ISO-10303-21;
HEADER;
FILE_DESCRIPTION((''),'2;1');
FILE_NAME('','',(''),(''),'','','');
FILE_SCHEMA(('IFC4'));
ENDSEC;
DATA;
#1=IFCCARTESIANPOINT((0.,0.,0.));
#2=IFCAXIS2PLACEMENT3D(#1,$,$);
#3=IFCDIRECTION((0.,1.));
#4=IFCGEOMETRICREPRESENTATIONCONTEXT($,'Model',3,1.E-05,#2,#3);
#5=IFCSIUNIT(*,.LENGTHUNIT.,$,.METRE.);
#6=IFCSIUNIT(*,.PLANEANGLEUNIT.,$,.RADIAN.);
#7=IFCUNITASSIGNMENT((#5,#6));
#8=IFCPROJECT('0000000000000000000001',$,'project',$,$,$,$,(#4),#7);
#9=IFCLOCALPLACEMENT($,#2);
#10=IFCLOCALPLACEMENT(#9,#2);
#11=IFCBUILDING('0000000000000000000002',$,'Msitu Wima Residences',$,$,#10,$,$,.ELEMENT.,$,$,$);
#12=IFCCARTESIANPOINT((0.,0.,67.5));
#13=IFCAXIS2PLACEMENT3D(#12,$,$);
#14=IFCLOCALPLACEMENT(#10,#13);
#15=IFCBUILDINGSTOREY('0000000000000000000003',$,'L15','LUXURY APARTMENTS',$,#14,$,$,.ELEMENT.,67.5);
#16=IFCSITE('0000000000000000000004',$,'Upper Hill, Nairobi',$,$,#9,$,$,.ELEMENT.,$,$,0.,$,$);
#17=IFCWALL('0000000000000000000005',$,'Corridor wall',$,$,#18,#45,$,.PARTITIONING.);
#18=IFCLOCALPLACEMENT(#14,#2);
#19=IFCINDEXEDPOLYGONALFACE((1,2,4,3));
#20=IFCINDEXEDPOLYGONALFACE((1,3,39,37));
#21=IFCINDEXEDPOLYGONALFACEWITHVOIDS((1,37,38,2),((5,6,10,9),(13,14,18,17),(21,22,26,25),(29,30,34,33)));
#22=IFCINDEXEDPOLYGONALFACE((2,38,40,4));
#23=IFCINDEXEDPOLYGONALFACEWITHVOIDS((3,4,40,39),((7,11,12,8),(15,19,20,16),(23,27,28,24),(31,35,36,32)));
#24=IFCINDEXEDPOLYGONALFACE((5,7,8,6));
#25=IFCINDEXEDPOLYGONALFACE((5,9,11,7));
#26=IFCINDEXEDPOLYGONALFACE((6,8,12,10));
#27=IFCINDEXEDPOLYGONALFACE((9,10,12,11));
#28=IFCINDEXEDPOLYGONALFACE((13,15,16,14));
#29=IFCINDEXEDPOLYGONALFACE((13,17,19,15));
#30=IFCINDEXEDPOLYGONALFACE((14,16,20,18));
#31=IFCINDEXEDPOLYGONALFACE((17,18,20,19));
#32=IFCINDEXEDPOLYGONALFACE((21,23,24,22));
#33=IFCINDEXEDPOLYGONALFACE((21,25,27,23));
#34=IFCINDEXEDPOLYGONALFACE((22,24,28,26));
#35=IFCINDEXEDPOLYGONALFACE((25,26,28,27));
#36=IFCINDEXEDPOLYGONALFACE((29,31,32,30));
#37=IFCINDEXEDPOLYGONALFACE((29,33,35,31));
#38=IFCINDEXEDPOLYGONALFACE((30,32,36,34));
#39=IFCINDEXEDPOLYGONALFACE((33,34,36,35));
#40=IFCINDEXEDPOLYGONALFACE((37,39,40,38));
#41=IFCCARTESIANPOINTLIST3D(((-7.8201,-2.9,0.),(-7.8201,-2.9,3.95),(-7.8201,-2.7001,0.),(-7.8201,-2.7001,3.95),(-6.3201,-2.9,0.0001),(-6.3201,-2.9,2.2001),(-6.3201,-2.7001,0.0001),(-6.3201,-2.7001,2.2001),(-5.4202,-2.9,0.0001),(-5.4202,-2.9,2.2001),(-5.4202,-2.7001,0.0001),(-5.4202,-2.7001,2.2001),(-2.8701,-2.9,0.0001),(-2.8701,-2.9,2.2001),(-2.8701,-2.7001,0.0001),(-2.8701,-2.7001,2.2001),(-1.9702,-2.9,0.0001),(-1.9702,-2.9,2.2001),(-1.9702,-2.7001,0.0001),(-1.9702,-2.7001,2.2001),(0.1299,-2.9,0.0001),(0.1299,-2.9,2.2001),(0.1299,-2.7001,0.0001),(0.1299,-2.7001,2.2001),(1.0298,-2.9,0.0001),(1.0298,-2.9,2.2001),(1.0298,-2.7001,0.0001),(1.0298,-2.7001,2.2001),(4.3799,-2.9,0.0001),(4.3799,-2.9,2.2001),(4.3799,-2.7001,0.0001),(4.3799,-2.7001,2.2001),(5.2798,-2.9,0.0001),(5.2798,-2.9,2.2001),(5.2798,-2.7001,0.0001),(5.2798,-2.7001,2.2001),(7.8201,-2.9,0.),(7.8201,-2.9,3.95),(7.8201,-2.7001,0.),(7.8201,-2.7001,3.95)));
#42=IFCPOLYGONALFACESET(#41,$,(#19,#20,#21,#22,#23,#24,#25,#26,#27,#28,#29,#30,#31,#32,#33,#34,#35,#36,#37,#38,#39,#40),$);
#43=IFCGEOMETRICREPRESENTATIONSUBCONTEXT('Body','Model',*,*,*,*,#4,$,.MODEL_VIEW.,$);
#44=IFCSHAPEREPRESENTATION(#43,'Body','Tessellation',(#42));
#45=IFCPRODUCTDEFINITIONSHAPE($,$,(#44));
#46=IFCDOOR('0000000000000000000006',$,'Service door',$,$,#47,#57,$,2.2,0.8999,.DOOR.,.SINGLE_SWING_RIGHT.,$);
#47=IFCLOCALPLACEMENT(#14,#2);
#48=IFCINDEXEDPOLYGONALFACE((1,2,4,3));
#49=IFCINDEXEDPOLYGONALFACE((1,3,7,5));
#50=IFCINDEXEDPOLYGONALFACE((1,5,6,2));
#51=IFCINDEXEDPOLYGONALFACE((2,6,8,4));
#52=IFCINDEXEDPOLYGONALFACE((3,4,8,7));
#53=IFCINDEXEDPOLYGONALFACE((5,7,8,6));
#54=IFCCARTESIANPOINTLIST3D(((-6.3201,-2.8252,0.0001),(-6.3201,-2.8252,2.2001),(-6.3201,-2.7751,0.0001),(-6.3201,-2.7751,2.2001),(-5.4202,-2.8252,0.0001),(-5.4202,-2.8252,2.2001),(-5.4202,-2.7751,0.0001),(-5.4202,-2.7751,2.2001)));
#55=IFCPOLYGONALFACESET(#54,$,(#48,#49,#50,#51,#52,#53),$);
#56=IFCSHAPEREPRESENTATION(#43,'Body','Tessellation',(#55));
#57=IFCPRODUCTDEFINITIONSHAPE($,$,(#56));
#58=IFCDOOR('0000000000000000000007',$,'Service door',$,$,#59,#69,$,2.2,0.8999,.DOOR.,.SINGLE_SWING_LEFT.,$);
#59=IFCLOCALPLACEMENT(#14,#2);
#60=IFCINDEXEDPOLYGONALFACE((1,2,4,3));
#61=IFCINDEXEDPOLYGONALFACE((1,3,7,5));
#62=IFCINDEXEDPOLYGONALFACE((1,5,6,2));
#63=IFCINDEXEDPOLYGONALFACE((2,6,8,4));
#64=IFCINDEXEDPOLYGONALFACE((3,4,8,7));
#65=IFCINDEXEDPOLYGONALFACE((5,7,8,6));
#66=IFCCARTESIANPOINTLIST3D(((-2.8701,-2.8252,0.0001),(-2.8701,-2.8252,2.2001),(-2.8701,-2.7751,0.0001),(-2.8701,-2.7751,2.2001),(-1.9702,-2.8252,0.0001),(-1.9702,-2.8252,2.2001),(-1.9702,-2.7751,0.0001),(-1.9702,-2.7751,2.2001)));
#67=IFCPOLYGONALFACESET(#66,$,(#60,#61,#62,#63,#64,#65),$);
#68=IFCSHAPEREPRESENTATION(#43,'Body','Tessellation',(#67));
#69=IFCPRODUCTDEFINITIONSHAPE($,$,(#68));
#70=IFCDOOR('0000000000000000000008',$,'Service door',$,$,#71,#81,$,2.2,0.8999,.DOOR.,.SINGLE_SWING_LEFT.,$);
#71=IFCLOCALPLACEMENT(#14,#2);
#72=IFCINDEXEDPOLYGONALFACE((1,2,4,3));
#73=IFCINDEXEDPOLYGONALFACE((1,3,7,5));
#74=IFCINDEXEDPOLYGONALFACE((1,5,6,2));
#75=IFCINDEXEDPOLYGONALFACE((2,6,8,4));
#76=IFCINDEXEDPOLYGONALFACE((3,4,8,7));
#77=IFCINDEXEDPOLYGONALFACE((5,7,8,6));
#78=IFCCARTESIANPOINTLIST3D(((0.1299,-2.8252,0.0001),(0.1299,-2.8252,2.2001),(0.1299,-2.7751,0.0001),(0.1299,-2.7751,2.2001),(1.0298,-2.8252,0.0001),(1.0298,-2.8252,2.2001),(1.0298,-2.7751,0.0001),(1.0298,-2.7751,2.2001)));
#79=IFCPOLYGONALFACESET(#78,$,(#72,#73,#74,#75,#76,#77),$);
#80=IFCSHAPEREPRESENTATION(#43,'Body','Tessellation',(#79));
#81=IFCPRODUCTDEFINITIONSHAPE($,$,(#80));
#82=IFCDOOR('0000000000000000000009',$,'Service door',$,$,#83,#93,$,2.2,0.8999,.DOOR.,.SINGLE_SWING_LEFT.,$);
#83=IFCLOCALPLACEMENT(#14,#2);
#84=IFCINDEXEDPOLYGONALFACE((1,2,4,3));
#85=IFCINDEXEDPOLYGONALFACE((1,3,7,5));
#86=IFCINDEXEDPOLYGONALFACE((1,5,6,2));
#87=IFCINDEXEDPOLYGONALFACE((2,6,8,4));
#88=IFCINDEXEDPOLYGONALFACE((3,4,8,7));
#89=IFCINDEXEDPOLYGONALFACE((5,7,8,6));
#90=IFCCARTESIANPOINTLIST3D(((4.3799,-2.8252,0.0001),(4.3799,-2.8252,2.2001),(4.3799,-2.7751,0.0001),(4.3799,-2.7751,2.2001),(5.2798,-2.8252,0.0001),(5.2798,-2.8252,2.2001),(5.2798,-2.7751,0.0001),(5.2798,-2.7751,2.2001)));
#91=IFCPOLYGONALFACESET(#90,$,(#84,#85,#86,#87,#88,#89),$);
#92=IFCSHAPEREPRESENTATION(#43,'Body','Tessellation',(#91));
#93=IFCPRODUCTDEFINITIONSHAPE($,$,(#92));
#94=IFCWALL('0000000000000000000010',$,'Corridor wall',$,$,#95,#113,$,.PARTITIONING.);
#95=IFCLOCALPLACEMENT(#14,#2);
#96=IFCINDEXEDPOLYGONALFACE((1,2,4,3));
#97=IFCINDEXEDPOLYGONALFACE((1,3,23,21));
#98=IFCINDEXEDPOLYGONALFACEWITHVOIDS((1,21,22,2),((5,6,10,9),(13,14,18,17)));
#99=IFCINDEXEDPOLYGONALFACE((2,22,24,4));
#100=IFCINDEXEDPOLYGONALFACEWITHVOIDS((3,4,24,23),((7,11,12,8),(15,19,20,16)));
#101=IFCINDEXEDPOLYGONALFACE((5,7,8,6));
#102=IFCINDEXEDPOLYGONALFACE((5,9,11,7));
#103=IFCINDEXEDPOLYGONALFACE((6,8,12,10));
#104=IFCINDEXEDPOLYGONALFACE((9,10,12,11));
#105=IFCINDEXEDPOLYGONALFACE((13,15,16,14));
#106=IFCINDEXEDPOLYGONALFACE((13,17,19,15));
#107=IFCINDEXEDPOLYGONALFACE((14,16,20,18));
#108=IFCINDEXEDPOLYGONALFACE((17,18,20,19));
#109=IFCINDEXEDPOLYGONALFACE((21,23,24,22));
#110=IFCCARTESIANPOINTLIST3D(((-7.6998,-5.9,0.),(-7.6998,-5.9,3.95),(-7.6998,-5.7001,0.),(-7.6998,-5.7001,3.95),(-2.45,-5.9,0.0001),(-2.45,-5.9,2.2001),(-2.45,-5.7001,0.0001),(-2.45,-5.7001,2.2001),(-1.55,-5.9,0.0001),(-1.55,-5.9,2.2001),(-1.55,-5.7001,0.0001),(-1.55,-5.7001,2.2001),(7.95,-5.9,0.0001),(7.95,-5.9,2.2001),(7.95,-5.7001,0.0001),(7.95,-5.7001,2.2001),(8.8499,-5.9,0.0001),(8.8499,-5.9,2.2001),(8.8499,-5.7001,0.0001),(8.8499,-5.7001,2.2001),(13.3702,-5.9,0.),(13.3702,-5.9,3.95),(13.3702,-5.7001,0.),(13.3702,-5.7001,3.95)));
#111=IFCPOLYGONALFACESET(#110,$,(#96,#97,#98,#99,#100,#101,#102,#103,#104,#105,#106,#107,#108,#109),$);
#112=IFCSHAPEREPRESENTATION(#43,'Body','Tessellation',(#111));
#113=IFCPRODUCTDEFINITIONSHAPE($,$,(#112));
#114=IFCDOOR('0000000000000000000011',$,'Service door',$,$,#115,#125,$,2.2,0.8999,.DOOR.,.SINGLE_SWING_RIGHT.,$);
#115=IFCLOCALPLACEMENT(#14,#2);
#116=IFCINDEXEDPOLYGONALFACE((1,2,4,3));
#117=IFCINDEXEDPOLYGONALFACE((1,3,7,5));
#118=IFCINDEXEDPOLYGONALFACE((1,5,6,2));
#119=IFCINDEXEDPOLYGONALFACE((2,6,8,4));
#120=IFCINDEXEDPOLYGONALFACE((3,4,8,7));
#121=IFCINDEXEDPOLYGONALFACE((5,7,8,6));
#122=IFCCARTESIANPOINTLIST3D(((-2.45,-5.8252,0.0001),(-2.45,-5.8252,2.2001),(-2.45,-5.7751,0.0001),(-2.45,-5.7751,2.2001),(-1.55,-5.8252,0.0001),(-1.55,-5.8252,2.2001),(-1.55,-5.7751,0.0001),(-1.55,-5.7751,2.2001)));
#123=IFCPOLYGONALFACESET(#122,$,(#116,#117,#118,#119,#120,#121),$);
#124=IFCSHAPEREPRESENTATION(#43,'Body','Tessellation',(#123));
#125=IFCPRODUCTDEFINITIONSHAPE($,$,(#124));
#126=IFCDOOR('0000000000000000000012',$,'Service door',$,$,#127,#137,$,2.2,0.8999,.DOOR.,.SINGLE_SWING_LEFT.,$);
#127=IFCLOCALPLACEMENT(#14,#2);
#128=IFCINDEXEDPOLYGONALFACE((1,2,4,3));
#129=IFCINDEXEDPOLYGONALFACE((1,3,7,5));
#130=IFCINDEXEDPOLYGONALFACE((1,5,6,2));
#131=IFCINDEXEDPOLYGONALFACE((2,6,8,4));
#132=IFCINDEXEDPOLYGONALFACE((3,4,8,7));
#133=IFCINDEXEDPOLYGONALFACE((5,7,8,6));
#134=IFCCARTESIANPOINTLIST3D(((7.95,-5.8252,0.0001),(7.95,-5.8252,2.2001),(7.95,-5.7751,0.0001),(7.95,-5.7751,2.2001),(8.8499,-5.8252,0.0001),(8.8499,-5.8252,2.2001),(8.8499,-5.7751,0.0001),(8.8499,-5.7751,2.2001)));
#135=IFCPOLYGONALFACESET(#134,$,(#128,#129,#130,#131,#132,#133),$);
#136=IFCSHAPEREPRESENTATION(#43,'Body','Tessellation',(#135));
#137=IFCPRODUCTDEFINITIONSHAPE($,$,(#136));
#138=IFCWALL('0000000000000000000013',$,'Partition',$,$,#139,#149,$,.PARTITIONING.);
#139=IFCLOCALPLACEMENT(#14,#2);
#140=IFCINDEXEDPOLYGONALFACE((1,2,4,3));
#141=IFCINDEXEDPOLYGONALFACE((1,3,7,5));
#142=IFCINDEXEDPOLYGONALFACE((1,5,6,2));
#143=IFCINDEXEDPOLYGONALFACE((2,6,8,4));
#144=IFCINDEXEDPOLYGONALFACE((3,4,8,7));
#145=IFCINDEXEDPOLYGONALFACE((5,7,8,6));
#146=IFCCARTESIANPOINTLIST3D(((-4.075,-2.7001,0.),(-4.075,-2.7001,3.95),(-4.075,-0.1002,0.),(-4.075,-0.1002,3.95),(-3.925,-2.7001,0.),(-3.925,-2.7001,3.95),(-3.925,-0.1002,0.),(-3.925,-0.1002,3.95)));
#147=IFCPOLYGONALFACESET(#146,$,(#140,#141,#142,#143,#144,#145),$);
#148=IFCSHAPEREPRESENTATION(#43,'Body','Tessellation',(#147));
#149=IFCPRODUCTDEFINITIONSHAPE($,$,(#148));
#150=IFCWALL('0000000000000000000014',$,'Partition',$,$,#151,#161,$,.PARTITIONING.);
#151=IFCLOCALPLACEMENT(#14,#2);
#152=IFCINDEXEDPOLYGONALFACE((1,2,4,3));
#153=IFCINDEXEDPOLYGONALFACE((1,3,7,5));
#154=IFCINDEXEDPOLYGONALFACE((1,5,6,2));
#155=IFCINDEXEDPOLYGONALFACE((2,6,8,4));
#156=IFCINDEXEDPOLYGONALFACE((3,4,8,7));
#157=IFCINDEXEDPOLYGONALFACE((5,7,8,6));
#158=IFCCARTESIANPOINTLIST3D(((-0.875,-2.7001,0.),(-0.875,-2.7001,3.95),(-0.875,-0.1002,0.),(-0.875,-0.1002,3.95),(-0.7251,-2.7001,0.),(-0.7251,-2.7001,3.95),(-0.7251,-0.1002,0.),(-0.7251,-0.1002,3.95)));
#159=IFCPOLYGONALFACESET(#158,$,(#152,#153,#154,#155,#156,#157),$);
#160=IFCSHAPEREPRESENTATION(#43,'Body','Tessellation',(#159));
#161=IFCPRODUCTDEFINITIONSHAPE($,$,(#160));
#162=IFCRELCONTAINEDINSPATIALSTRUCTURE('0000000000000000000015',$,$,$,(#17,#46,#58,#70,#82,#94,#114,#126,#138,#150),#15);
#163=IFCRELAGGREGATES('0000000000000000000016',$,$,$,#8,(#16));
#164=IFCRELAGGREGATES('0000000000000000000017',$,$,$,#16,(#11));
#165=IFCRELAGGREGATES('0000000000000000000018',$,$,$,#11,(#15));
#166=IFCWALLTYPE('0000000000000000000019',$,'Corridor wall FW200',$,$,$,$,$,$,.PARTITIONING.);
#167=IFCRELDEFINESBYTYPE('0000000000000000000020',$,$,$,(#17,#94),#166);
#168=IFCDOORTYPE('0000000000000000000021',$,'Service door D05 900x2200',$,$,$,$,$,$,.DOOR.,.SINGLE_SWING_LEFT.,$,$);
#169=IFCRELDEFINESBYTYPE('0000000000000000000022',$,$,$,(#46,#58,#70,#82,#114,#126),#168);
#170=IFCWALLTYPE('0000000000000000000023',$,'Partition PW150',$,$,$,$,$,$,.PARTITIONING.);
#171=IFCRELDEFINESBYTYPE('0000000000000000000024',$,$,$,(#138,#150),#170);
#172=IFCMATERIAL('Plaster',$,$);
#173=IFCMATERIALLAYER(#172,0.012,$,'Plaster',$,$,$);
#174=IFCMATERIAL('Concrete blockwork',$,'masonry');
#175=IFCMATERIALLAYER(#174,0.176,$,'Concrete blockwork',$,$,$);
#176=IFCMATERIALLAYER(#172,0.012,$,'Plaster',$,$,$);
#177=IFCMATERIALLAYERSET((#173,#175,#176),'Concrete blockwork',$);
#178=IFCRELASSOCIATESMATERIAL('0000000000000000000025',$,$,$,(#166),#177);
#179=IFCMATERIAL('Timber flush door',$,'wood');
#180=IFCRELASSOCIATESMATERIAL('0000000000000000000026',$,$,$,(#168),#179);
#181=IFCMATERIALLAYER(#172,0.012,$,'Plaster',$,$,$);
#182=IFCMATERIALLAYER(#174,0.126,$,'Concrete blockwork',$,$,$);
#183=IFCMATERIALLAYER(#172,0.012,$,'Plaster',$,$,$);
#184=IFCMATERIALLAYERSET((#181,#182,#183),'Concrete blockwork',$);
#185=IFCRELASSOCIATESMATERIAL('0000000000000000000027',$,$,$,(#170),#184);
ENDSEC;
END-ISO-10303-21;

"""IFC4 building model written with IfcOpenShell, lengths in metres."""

from ifc_helpers import new_model, si_unit, direction, frame, frame_2d, origin, place, context, subcontext, project, spatial, rectangle, extrude, material, layer, layer_set, type_object, element, fill, save


model = new_model("IFC4")

# Units and contexts
model_context = context("Model", 3, precision=1e-05, world=origin(), true_north=direction((0.0, 1.0)))
body_context = subcontext(model_context, "Body", "Model", "MODEL_VIEW")
ifc_project = project(units=[si_unit("LENGTHUNIT", "METRE"), si_unit("PLANEANGLEUNIT", "RADIAN")], contexts=[model_context])

# Site, building, storey
site_placement = place(None, origin())
site = spatial("IfcSite", under=ifc_project, at=site_placement, Name="Upper Hill, Nairobi", CompositionType="ELEMENT", RefElevation=0.0)
building_placement = place(site_placement, origin())
building = spatial("IfcBuilding", under=site, at=building_placement, Name="Msitu Wima Residences", CompositionType="ELEMENT")
storey_placement = place(building_placement, frame((0.0, 0.0, 67.5)))
storey = spatial("IfcBuildingStorey", under=building, at=storey_placement, Name="L15", Description="LUXURY APARTMENTS", CompositionType="ELEMENT", Elevation=67.5)

# Wall, openings, doors
ifc_material_1 = material(Name="Plaster")
ifc_layer_1 = layer(ifc_material_1, 0.012, Name="Plaster")
ifc_material_2 = material(Name="Concrete blockwork", Category="masonry")
ifc_layer_2 = layer(ifc_material_2, 0.176, Name="Concrete blockwork")
ifc_layer_3 = layer(ifc_material_1, 0.012, Name="Plaster")
ifc_layer_set_1 = layer_set([ifc_layer_1, ifc_layer_2, ifc_layer_3], Name="Concrete blockwork")
wall_type_1 = type_object("IfcWallType", Name="Corridor wall FW200", PredefinedType="PARTITIONING", material=ifc_layer_set_1)
wall_1_placement = place(storey_placement, frame((-7.8201, -2.8, 0.0), z_axis=(0.0, 0.0, 1.0), x_axis=(1.0, 0.0, 0.0)))
wall_1 = element("IfcWall", 1, at=wall_1_placement, inside=storey, type_object=wall_type_1, Name="Corridor wall", PredefinedType="PARTITIONING", context=body_context, shape_type="SweptSolid", body=[
    extrude(rectangle(XDim=15.6401, YDim=0.2, at=frame_2d((7.8201, 0.0))), origin(), (0.0, 0.0, 1.0), 3.95),
])
opening_1_placement = place(wall_1_placement, frame((1.5, 0.0, 0.0)))
opening_1 = element("IfcOpeningElement", 2, at=opening_1_placement, cuts=wall_1, PredefinedType="OPENING", context=body_context, shape_type="SweptSolid", body=[
    extrude(rectangle(XDim=0.8999, YDim=2.2, at=frame_2d((0.45, 1.1001))), frame((0.0, 0.1099, 0.0), z_axis=(0.0, -1.0, 0.0), x_axis=(1.0, 0.0, 0.0)), (0.0, 0.0, 1.0), 0.22),
])
opening_2_placement = place(wall_1_placement, frame((4.95, 0.0, 0.0)))
opening_2 = element("IfcOpeningElement", 3, at=opening_2_placement, cuts=wall_1, PredefinedType="OPENING", context=body_context, shape_type="SweptSolid", body=[
    extrude(rectangle(XDim=0.8999, YDim=2.2, at=frame_2d((0.45, 1.1001))), frame((0.0, 0.1099, 0.0), z_axis=(0.0, -1.0, 0.0), x_axis=(1.0, 0.0, 0.0)), (0.0, 0.0, 1.0), 0.22),
])
opening_3_placement = place(wall_1_placement, frame((7.95, 0.0, 0.0)))
opening_3 = element("IfcOpeningElement", 4, at=opening_3_placement, cuts=wall_1, PredefinedType="OPENING", context=body_context, shape_type="SweptSolid", body=[
    extrude(rectangle(XDim=0.8999, YDim=2.2, at=frame_2d((0.45, 1.1001))), frame((0.0, 0.1099, 0.0), z_axis=(0.0, -1.0, 0.0), x_axis=(1.0, 0.0, 0.0)), (0.0, 0.0, 1.0), 0.22),
])
opening_4_placement = place(wall_1_placement, frame((12.2, 0.0, 0.0)))
opening_4 = element("IfcOpeningElement", 5, at=opening_4_placement, cuts=wall_1, PredefinedType="OPENING", context=body_context, shape_type="SweptSolid", body=[
    extrude(rectangle(XDim=0.8999, YDim=2.2, at=frame_2d((0.45, 1.1001))), frame((0.0, 0.1099, 0.0), z_axis=(0.0, -1.0, 0.0), x_axis=(1.0, 0.0, 0.0)), (0.0, 0.0, 1.0), 0.22),
])
ifc_material_3 = material(Name="Timber flush door", Category="wood")
door_type_1 = type_object("IfcDoorType", Name="Service door D05 900x2200", OperationType="SINGLE_SWING_LEFT", PredefinedType="DOOR", material=ifc_material_3)
door_1_placement = place(opening_1_placement, origin())
door_1 = element("IfcDoor", 6, at=door_1_placement, inside=storey, type_object=door_type_1, Name="Service door", OperationType="SINGLE_SWING_RIGHT", OverallHeight=2.2, OverallWidth=0.8999, PredefinedType="DOOR", context=body_context, shape_type="SweptSolid", body=[
    extrude(rectangle(XDim=0.8999, YDim=2.2, at=frame_2d((0.45, 1.1001))), frame((0.0, 0.0249, 0.0), z_axis=(0.0, -1.0, 0.0), x_axis=(1.0, 0.0, 0.0)), (0.0, 0.0, 1.0), 0.05),
])
fill(opening_1, door_1)
door_2_placement = place(opening_2_placement, origin())
door_2 = element("IfcDoor", 7, at=door_2_placement, inside=storey, type_object=door_type_1, Name="Service door", OperationType="SINGLE_SWING_LEFT", OverallHeight=2.2, OverallWidth=0.8999, PredefinedType="DOOR", context=body_context, shape_type="SweptSolid", body=[
    extrude(rectangle(XDim=0.8999, YDim=2.2, at=frame_2d((0.45, 1.1001))), frame((0.0, 0.0249, 0.0), z_axis=(0.0, -1.0, 0.0), x_axis=(1.0, 0.0, 0.0)), (0.0, 0.0, 1.0), 0.05),
])
fill(opening_2, door_2)
door_3_placement = place(opening_3_placement, origin())
door_3 = element("IfcDoor", 8, at=door_3_placement, inside=storey, type_object=door_type_1, Name="Service door", OperationType="SINGLE_SWING_LEFT", OverallHeight=2.2, OverallWidth=0.8999, PredefinedType="DOOR", context=body_context, shape_type="SweptSolid", body=[
    extrude(rectangle(XDim=0.8999, YDim=2.2, at=frame_2d((0.45, 1.1001))), frame((0.0, 0.0249, 0.0), z_axis=(0.0, -1.0, 0.0), x_axis=(1.0, 0.0, 0.0)), (0.0, 0.0, 1.0), 0.05),
])
fill(opening_3, door_3)
door_4_placement = place(opening_4_placement, origin())
door_4 = element("IfcDoor", 9, at=door_4_placement, inside=storey, type_object=door_type_1, Name="Service door", OperationType="SINGLE_SWING_LEFT", OverallHeight=2.2, OverallWidth=0.8999, PredefinedType="DOOR", context=body_context, shape_type="SweptSolid", body=[
    extrude(rectangle(XDim=0.8999, YDim=2.2, at=frame_2d((0.45, 1.1001))), frame((0.0, 0.0249, 0.0), z_axis=(0.0, -1.0, 0.0), x_axis=(1.0, 0.0, 0.0)), (0.0, 0.0, 1.0), 0.05),
])
fill(opening_4, door_4)

# Wall, openings, doors
wall_2_placement = place(storey_placement, frame((-7.7, -5.8, 0.0), z_axis=(0.0, 0.0, 1.0), x_axis=(1.0, 0.0, 0.0)))
wall_2 = element("IfcWall", 10, at=wall_2_placement, inside=storey, type_object=wall_type_1, Name="Corridor wall", PredefinedType="PARTITIONING", context=body_context, shape_type="SweptSolid", body=[
    extrude(rectangle(XDim=21.0701, YDim=0.2, at=frame_2d((10.5352, 0.0))), origin(), (0.0, 0.0, 1.0), 3.95),
])
opening_5_placement = place(wall_2_placement, frame((5.25, 0.0, 0.0)))
opening_5 = element("IfcOpeningElement", 11, at=opening_5_placement, cuts=wall_2, PredefinedType="OPENING", context=body_context, shape_type="SweptSolid", body=[
    extrude(rectangle(XDim=0.8999, YDim=2.2, at=frame_2d((0.45, 1.1001))), frame((0.0, 0.1099, 0.0), z_axis=(0.0, -1.0, 0.0), x_axis=(1.0, 0.0, 0.0)), (0.0, 0.0, 1.0), 0.22),
])
opening_6_placement = place(wall_2_placement, frame((15.6499, 0.0, 0.0)))
opening_6 = element("IfcOpeningElement", 12, at=opening_6_placement, cuts=wall_2, PredefinedType="OPENING", context=body_context, shape_type="SweptSolid", body=[
    extrude(rectangle(XDim=0.8999, YDim=2.2, at=frame_2d((0.45, 1.1001))), frame((0.0, 0.1099, 0.0), z_axis=(0.0, -1.0, 0.0), x_axis=(1.0, 0.0, 0.0)), (0.0, 0.0, 1.0), 0.22),
])
door_5_placement = place(opening_5_placement, origin())
door_5 = element("IfcDoor", 13, at=door_5_placement, inside=storey, type_object=door_type_1, Name="Service door", OperationType="SINGLE_SWING_RIGHT", OverallHeight=2.2, OverallWidth=0.8999, PredefinedType="DOOR", context=body_context, shape_type="SweptSolid", body=[
    extrude(rectangle(XDim=0.8999, YDim=2.2, at=frame_2d((0.45, 1.1001))), frame((0.0, 0.0249, 0.0), z_axis=(0.0, -1.0, 0.0), x_axis=(1.0, 0.0, 0.0)), (0.0, 0.0, 1.0), 0.05),
])
fill(opening_5, door_5)
door_6_placement = place(opening_6_placement, origin())
door_6 = element("IfcDoor", 14, at=door_6_placement, inside=storey, type_object=door_type_1, Name="Service door", OperationType="SINGLE_SWING_LEFT", OverallHeight=2.2, OverallWidth=0.8999, PredefinedType="DOOR", context=body_context, shape_type="SweptSolid", body=[
    extrude(rectangle(XDim=0.8999, YDim=2.2, at=frame_2d((0.45, 1.1001))), frame((0.0, 0.0249, 0.0), z_axis=(0.0, -1.0, 0.0), x_axis=(1.0, 0.0, 0.0)), (0.0, 0.0, 1.0), 0.05),
])
fill(opening_6, door_6)

# Walls
ifc_layer_4 = layer(ifc_material_1, 0.012, Name="Plaster")
ifc_layer_5 = layer(ifc_material_2, 0.126, Name="Concrete blockwork")
ifc_layer_6 = layer(ifc_material_1, 0.012, Name="Plaster")
ifc_layer_set_2 = layer_set([ifc_layer_4, ifc_layer_5, ifc_layer_6], Name="Concrete blockwork")
wall_type_2 = type_object("IfcWallType", Name="Partition PW150", PredefinedType="PARTITIONING", material=ifc_layer_set_2)
for number, where, z_axis, x_axis, name in (
    (15, (-4.0, -2.7, 0.0), (0.0, 0.0, 1.0), (0.0, 1.0, 0.0), "Partition"),
    (16, (-0.8, -2.7, 0.0), (0.0, 0.0, 1.0), (0.0, 1.0, 0.0), "Partition"),
):
    element("IfcWall", number, at=place(storey_placement, frame(where, z_axis=z_axis, x_axis=x_axis)), inside=storey, type_object=wall_type_2, Name=name, PredefinedType="PARTITIONING", context=body_context, shape_type="SweptSolid", body=[
        extrude(rectangle(XDim=2.5999, YDim=0.1499, at=frame_2d((1.2998, 0.0))), origin(), (0.0, 0.0, 1.0), 3.95),
    ])

save(model, "model.ifc")
